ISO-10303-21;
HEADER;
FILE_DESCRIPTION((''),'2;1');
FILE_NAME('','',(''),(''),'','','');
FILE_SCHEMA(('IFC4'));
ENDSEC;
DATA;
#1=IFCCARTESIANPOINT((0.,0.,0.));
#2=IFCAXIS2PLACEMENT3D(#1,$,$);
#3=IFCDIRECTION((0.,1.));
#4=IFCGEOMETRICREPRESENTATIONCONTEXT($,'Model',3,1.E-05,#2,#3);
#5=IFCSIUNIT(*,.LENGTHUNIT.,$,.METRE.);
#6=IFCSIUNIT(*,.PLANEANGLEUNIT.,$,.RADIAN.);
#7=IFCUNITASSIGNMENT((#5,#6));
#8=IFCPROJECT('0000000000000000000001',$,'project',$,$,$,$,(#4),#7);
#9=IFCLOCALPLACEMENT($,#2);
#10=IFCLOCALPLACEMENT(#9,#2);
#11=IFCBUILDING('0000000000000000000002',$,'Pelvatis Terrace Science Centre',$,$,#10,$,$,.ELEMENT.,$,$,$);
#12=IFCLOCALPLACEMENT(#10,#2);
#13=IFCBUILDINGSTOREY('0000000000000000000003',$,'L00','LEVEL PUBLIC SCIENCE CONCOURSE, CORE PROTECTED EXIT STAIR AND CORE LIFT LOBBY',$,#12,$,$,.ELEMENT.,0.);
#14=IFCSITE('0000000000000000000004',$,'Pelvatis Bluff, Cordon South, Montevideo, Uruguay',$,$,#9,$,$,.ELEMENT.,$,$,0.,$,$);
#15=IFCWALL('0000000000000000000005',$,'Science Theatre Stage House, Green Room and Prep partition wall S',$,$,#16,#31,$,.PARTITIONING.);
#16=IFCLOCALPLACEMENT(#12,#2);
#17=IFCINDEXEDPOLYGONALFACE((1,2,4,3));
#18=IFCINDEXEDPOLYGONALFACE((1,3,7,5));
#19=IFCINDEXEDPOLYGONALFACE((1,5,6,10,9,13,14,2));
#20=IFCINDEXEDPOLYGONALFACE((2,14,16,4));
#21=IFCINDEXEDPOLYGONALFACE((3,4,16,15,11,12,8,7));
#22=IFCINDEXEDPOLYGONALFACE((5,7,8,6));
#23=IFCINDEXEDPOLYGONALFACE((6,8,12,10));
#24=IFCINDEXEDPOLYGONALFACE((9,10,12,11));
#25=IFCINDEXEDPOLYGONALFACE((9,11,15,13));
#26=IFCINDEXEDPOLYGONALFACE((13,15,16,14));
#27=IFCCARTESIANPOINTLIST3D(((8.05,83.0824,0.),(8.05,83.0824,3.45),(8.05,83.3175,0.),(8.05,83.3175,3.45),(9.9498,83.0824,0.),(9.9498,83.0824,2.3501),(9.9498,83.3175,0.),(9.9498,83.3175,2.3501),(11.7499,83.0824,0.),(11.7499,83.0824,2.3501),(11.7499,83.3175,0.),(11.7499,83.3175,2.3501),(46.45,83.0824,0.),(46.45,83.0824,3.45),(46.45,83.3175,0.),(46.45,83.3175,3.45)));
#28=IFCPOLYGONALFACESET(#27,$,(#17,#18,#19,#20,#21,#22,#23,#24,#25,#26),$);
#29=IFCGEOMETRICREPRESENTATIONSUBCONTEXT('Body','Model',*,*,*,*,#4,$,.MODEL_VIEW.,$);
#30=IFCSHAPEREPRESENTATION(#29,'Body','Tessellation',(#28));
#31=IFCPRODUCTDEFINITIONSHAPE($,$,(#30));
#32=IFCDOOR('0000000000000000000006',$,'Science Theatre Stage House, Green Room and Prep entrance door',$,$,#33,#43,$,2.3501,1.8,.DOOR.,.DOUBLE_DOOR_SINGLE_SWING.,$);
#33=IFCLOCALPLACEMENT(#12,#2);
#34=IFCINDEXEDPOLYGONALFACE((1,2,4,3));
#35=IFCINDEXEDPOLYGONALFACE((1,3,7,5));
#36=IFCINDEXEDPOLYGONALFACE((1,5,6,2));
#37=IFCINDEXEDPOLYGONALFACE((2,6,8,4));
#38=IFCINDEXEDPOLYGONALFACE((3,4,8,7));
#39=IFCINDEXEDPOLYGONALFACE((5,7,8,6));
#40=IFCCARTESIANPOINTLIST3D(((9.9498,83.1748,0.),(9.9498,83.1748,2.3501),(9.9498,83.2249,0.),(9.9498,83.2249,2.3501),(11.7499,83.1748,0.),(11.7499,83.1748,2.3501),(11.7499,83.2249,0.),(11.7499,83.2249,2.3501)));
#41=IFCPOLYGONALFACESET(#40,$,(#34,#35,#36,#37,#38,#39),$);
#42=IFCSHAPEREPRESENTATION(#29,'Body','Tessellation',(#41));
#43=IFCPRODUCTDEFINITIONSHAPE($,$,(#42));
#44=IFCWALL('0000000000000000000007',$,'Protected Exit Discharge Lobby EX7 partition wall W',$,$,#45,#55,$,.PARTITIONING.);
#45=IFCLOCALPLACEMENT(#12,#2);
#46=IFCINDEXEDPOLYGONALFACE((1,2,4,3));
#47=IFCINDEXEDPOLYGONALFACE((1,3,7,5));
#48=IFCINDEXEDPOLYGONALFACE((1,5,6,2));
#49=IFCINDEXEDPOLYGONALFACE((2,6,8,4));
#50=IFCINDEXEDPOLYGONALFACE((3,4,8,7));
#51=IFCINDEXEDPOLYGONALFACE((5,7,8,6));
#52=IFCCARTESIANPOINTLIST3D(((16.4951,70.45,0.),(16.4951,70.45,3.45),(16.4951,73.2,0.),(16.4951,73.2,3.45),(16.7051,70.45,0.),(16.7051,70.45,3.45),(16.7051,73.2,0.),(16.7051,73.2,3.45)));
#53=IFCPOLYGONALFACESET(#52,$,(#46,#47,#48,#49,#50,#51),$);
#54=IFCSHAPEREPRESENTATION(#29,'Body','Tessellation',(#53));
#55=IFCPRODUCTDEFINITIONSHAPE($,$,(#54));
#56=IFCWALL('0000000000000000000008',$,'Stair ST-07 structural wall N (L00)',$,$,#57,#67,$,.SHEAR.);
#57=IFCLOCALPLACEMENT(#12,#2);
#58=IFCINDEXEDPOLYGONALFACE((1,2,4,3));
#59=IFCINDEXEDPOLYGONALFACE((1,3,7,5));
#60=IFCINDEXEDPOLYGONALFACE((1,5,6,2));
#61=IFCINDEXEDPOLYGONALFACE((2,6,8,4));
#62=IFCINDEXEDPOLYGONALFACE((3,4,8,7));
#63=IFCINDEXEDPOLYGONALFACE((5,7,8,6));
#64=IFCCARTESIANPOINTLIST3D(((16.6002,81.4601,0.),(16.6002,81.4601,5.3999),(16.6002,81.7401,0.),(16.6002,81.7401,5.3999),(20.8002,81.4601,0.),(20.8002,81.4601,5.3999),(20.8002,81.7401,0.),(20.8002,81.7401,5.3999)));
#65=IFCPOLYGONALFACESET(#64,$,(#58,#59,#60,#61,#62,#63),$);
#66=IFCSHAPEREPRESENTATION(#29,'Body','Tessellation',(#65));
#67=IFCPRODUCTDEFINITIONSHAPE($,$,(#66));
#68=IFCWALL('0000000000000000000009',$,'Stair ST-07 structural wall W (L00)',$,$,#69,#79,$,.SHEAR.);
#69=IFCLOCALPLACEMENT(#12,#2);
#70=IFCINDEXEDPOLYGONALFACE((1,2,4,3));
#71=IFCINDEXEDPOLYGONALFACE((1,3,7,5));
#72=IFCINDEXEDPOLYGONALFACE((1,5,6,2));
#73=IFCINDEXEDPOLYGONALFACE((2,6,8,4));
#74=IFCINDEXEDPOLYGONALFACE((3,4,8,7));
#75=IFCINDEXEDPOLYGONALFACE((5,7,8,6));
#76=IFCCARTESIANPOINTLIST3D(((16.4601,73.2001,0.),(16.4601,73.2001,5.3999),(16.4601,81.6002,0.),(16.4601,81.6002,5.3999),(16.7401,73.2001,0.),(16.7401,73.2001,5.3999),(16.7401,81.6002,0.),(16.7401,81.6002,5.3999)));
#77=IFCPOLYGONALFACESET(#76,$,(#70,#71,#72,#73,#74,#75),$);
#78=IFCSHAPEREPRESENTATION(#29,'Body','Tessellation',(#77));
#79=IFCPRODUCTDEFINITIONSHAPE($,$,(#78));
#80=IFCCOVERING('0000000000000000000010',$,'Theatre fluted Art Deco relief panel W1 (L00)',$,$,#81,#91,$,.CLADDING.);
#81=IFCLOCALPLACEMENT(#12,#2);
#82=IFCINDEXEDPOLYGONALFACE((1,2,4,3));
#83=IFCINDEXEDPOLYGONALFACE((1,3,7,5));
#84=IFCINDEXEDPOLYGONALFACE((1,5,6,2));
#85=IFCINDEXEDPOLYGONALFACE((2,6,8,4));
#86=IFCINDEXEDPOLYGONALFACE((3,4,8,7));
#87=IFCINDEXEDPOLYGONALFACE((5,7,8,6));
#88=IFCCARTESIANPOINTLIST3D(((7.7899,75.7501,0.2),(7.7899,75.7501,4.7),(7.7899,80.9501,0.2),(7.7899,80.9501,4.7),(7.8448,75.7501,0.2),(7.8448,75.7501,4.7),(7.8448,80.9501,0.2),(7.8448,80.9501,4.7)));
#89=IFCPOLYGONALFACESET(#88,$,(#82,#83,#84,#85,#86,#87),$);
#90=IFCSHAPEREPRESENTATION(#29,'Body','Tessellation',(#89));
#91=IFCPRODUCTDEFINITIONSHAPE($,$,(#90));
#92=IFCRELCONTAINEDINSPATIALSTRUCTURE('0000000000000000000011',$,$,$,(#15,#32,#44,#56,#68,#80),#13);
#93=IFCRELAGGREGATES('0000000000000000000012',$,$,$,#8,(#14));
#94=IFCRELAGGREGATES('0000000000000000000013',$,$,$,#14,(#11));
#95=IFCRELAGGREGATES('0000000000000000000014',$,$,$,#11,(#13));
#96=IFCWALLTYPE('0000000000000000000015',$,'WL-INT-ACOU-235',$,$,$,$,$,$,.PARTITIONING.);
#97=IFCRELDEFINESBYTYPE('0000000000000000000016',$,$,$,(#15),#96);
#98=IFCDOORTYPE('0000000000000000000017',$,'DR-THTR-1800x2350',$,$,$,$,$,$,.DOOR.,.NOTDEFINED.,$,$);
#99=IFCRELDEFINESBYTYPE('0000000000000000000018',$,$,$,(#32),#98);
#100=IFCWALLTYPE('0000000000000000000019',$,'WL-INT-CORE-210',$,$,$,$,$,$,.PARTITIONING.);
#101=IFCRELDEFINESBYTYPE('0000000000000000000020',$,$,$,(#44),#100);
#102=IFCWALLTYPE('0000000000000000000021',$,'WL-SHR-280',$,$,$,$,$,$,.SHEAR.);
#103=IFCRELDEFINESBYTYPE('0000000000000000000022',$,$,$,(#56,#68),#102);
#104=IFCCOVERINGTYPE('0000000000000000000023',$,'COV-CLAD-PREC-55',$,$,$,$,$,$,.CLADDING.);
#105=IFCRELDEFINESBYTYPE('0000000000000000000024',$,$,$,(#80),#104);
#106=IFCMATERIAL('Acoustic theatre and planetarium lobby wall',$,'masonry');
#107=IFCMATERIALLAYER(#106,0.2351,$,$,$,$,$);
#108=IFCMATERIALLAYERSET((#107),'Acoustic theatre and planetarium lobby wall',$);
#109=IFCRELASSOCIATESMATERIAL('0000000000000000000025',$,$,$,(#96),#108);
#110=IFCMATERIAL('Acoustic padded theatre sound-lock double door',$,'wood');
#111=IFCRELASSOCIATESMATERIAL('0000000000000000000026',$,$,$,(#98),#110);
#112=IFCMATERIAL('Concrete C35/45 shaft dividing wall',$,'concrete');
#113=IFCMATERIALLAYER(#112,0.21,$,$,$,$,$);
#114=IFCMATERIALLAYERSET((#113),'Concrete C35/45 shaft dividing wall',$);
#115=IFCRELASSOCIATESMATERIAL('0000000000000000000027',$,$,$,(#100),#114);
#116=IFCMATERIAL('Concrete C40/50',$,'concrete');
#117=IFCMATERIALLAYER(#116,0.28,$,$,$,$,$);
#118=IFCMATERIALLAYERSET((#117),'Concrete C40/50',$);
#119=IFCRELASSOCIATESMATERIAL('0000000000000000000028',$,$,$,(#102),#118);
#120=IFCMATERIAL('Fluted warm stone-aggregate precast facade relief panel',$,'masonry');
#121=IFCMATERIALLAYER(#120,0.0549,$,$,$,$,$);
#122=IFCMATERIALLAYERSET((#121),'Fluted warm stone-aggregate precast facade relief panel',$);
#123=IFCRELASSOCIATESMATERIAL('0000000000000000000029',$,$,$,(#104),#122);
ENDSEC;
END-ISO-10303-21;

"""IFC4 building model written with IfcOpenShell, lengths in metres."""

from ifc_helpers import new_model, si_unit, direction, frame, frame_2d, origin, origin_2d, place, context, subcontext, project, spatial, rectangle, extrude, material, layer, layer_set, type_object, element, fill, save


model = new_model("IFC4")

# Units and contexts
model_context = context("Model", 3, precision=1e-05, world=origin(), true_north=direction((0.0, 1.0)))
body_context = subcontext(model_context, "Body", "Model", "MODEL_VIEW")
ifc_project = project(units=[si_unit("LENGTHUNIT", "METRE"), si_unit("PLANEANGLEUNIT", "RADIAN")], contexts=[model_context])

# Site, building, storey
site_placement = place(None, origin())
site = spatial("IfcSite", under=ifc_project, at=site_placement, Name="Pelvatis Bluff, Cordon South, Montevideo, Uruguay", CompositionType="ELEMENT", RefElevation=0.0)
building_placement = place(site_placement, origin())
building = spatial("IfcBuilding", under=site, at=building_placement, Name="Pelvatis Terrace Science Centre", CompositionType="ELEMENT")
storey_placement = place(building_placement, origin())
storey = spatial("IfcBuildingStorey", under=building, at=storey_placement, Name="L00", Description="LEVEL PUBLIC SCIENCE CONCOURSE, CORE PROTECTED EXIT STAIR AND CORE LIFT LOBBY", CompositionType="ELEMENT", Elevation=0.0)

# Wall, opening, door
ifc_material_1 = material(Name="Acoustic theatre and planetarium lobby wall", Category="masonry")
ifc_layer_1 = layer(ifc_material_1, 0.2351)
ifc_layer_set_1 = layer_set([ifc_layer_1], Name="Acoustic theatre and planetarium lobby wall")
wall_type_1 = type_object("IfcWallType", Name="WL-INT-ACOU-235", PredefinedType="PARTITIONING", material=ifc_layer_set_1)
wall_1_placement = place(storey_placement, frame((8.05, 83.2, 0.0), z_axis=(0.0, 0.0, 1.0), x_axis=(1.0, 0.0, 0.0)))
wall_1 = element("IfcWall", 1, at=wall_1_placement, inside=storey, type_object=wall_type_1, Name="Science Theatre Stage House, Green Room and Prep partition wall S", PredefinedType="PARTITIONING", context=body_context, shape_type="SweptSolid", body=[
    extrude(rectangle(XDim=38.3999, YDim=0.2351, at=frame_2d((19.2, 0.0))), origin(), (0.0, 0.0, 1.0), 3.45),
])
opening_placement = place(wall_1_placement, frame((1.8999, 0.0, 0.0)))
opening = element("IfcOpeningElement", 2, at=opening_placement, cuts=wall_1, PredefinedType="OPENING", context=body_context, shape_type="SweptSolid", body=[
    extrude(rectangle(XDim=1.8, YDim=2.3501, at=frame_2d((0.8999, 1.175))), frame((0.0, 0.1274, 0.0), z_axis=(0.0, -1.0, 0.0), x_axis=(1.0, 0.0, 0.0)), (0.0, 0.0, 1.0), 0.2551),
])
ifc_material_2 = material(Name="Acoustic padded theatre sound-lock double door", Category="wood")
door_type = type_object("IfcDoorType", Name="DR-THTR-1800x2350", OperationType="NOTDEFINED", PredefinedType="DOOR", material=ifc_material_2)
door_placement = place(opening_placement, origin())
door = element("IfcDoor", 3, at=door_placement, inside=storey, type_object=door_type, Name="Science Theatre Stage House, Green Room and Prep entrance door", OperationType="DOUBLE_DOOR_SINGLE_SWING", OverallHeight=2.3501, OverallWidth=1.8, PredefinedType="DOOR", context=body_context, shape_type="SweptSolid", body=[
    extrude(rectangle(XDim=1.8, YDim=2.3501, at=frame_2d((0.8999, 1.175))), frame((0.0, 0.0249, 0.0), z_axis=(0.0, -1.0, 0.0), x_axis=(1.0, 0.0, 0.0)), (0.0, 0.0, 1.0), 0.05),
])
fill(opening, door)

# Walls
ifc_material_3 = material(Name="Concrete C35/45 shaft dividing wall", Category="concrete")
ifc_layer_2 = layer(ifc_material_3, 0.21)
ifc_layer_set_2 = layer_set([ifc_layer_2], Name="Concrete C35/45 shaft dividing wall")
wall_type_2 = type_object("IfcWallType", Name="WL-INT-CORE-210", PredefinedType="PARTITIONING", material=ifc_layer_set_2)
wall_2_placement = place(storey_placement, frame((16.6001, 73.2, 0.0), z_axis=(0.0, 0.0, 1.0), x_axis=(0.0, -1.0, 0.0)))
element("IfcWall", 4, at=wall_2_placement, inside=storey, type_object=wall_type_2, Name="Protected Exit Discharge Lobby EX7 partition wall W", PredefinedType="PARTITIONING", context=body_context, shape_type="SweptSolid", body=[
    extrude(rectangle(XDim=2.75, YDim=0.21, at=frame_2d((1.375, 0.0))), origin(), (0.0, 0.0, 1.0), 3.45),
])
ifc_material_4 = material(Name="Concrete C40/50", Category="concrete")
ifc_layer_3 = layer(ifc_material_4, 0.28)
ifc_layer_set_3 = layer_set([ifc_layer_3], Name="Concrete C40/50")
wall_type_3 = type_object("IfcWallType", Name="WL-SHR-280", PredefinedType="SHEAR", material=ifc_layer_set_3)
wall_3_placement = place(storey_placement, frame((16.6001, 81.6001, 0.0), z_axis=(0.0, 0.0, 1.0), x_axis=(1.0, 0.0, 0.0)))
element("IfcWall", 5, at=wall_3_placement, inside=storey, type_object=wall_type_3, Name="Stair ST-07 structural wall N (L00)", PredefinedType="SHEAR", context=body_context, shape_type="SweptSolid", body=[
    extrude(rectangle(XDim=4.2, YDim=0.28, at=frame_2d((2.1001, 0.0))), origin(), (0.0, 0.0, 1.0), 5.3999),
])
wall_4_placement = place(storey_placement, frame((16.6001, 73.2, 0.0), z_axis=(0.0, 0.0, 1.0), x_axis=(0.0, 1.0, 0.0)))
element("IfcWall", 6, at=wall_4_placement, inside=storey, type_object=wall_type_3, Name="Stair ST-07 structural wall W (L00)", PredefinedType="SHEAR", context=body_context, shape_type="SweptSolid", body=[
    extrude(rectangle(XDim=8.4001, YDim=0.28, at=frame_2d((4.2002, 0.0))), origin(), (0.0, 0.0, 1.0), 5.3999),
])

# Covering
ifc_material_5 = material(Name="Fluted warm stone-aggregate precast facade relief panel", Category="masonry")
ifc_layer_4 = layer(ifc_material_5, 0.0549)
ifc_layer_set_4 = layer_set([ifc_layer_4], Name="Fluted warm stone-aggregate precast facade relief panel")
covering_type = type_object("IfcCoveringType", Name="COV-CLAD-PREC-55", PredefinedType="CLADDING", material=ifc_layer_set_4)
covering_placement = place(storey_placement, frame((7.8174, 78.3501, 0.2), z_axis=(0.0, 0.0, 1.0), x_axis=(1.0, 0.0, 0.0)))
element("IfcCovering", 7, at=covering_placement, inside=storey, type_object=covering_type, Name="Theatre fluted Art Deco relief panel W1 (L00)", PredefinedType="CLADDING", context=body_context, shape_type="SweptSolid", body=[
    extrude(rectangle(XDim=0.0549, YDim=5.2, at=origin_2d()), origin(), (0.0, 0.0, 1.0), 4.5),
])

save(model, "model.ifc")
